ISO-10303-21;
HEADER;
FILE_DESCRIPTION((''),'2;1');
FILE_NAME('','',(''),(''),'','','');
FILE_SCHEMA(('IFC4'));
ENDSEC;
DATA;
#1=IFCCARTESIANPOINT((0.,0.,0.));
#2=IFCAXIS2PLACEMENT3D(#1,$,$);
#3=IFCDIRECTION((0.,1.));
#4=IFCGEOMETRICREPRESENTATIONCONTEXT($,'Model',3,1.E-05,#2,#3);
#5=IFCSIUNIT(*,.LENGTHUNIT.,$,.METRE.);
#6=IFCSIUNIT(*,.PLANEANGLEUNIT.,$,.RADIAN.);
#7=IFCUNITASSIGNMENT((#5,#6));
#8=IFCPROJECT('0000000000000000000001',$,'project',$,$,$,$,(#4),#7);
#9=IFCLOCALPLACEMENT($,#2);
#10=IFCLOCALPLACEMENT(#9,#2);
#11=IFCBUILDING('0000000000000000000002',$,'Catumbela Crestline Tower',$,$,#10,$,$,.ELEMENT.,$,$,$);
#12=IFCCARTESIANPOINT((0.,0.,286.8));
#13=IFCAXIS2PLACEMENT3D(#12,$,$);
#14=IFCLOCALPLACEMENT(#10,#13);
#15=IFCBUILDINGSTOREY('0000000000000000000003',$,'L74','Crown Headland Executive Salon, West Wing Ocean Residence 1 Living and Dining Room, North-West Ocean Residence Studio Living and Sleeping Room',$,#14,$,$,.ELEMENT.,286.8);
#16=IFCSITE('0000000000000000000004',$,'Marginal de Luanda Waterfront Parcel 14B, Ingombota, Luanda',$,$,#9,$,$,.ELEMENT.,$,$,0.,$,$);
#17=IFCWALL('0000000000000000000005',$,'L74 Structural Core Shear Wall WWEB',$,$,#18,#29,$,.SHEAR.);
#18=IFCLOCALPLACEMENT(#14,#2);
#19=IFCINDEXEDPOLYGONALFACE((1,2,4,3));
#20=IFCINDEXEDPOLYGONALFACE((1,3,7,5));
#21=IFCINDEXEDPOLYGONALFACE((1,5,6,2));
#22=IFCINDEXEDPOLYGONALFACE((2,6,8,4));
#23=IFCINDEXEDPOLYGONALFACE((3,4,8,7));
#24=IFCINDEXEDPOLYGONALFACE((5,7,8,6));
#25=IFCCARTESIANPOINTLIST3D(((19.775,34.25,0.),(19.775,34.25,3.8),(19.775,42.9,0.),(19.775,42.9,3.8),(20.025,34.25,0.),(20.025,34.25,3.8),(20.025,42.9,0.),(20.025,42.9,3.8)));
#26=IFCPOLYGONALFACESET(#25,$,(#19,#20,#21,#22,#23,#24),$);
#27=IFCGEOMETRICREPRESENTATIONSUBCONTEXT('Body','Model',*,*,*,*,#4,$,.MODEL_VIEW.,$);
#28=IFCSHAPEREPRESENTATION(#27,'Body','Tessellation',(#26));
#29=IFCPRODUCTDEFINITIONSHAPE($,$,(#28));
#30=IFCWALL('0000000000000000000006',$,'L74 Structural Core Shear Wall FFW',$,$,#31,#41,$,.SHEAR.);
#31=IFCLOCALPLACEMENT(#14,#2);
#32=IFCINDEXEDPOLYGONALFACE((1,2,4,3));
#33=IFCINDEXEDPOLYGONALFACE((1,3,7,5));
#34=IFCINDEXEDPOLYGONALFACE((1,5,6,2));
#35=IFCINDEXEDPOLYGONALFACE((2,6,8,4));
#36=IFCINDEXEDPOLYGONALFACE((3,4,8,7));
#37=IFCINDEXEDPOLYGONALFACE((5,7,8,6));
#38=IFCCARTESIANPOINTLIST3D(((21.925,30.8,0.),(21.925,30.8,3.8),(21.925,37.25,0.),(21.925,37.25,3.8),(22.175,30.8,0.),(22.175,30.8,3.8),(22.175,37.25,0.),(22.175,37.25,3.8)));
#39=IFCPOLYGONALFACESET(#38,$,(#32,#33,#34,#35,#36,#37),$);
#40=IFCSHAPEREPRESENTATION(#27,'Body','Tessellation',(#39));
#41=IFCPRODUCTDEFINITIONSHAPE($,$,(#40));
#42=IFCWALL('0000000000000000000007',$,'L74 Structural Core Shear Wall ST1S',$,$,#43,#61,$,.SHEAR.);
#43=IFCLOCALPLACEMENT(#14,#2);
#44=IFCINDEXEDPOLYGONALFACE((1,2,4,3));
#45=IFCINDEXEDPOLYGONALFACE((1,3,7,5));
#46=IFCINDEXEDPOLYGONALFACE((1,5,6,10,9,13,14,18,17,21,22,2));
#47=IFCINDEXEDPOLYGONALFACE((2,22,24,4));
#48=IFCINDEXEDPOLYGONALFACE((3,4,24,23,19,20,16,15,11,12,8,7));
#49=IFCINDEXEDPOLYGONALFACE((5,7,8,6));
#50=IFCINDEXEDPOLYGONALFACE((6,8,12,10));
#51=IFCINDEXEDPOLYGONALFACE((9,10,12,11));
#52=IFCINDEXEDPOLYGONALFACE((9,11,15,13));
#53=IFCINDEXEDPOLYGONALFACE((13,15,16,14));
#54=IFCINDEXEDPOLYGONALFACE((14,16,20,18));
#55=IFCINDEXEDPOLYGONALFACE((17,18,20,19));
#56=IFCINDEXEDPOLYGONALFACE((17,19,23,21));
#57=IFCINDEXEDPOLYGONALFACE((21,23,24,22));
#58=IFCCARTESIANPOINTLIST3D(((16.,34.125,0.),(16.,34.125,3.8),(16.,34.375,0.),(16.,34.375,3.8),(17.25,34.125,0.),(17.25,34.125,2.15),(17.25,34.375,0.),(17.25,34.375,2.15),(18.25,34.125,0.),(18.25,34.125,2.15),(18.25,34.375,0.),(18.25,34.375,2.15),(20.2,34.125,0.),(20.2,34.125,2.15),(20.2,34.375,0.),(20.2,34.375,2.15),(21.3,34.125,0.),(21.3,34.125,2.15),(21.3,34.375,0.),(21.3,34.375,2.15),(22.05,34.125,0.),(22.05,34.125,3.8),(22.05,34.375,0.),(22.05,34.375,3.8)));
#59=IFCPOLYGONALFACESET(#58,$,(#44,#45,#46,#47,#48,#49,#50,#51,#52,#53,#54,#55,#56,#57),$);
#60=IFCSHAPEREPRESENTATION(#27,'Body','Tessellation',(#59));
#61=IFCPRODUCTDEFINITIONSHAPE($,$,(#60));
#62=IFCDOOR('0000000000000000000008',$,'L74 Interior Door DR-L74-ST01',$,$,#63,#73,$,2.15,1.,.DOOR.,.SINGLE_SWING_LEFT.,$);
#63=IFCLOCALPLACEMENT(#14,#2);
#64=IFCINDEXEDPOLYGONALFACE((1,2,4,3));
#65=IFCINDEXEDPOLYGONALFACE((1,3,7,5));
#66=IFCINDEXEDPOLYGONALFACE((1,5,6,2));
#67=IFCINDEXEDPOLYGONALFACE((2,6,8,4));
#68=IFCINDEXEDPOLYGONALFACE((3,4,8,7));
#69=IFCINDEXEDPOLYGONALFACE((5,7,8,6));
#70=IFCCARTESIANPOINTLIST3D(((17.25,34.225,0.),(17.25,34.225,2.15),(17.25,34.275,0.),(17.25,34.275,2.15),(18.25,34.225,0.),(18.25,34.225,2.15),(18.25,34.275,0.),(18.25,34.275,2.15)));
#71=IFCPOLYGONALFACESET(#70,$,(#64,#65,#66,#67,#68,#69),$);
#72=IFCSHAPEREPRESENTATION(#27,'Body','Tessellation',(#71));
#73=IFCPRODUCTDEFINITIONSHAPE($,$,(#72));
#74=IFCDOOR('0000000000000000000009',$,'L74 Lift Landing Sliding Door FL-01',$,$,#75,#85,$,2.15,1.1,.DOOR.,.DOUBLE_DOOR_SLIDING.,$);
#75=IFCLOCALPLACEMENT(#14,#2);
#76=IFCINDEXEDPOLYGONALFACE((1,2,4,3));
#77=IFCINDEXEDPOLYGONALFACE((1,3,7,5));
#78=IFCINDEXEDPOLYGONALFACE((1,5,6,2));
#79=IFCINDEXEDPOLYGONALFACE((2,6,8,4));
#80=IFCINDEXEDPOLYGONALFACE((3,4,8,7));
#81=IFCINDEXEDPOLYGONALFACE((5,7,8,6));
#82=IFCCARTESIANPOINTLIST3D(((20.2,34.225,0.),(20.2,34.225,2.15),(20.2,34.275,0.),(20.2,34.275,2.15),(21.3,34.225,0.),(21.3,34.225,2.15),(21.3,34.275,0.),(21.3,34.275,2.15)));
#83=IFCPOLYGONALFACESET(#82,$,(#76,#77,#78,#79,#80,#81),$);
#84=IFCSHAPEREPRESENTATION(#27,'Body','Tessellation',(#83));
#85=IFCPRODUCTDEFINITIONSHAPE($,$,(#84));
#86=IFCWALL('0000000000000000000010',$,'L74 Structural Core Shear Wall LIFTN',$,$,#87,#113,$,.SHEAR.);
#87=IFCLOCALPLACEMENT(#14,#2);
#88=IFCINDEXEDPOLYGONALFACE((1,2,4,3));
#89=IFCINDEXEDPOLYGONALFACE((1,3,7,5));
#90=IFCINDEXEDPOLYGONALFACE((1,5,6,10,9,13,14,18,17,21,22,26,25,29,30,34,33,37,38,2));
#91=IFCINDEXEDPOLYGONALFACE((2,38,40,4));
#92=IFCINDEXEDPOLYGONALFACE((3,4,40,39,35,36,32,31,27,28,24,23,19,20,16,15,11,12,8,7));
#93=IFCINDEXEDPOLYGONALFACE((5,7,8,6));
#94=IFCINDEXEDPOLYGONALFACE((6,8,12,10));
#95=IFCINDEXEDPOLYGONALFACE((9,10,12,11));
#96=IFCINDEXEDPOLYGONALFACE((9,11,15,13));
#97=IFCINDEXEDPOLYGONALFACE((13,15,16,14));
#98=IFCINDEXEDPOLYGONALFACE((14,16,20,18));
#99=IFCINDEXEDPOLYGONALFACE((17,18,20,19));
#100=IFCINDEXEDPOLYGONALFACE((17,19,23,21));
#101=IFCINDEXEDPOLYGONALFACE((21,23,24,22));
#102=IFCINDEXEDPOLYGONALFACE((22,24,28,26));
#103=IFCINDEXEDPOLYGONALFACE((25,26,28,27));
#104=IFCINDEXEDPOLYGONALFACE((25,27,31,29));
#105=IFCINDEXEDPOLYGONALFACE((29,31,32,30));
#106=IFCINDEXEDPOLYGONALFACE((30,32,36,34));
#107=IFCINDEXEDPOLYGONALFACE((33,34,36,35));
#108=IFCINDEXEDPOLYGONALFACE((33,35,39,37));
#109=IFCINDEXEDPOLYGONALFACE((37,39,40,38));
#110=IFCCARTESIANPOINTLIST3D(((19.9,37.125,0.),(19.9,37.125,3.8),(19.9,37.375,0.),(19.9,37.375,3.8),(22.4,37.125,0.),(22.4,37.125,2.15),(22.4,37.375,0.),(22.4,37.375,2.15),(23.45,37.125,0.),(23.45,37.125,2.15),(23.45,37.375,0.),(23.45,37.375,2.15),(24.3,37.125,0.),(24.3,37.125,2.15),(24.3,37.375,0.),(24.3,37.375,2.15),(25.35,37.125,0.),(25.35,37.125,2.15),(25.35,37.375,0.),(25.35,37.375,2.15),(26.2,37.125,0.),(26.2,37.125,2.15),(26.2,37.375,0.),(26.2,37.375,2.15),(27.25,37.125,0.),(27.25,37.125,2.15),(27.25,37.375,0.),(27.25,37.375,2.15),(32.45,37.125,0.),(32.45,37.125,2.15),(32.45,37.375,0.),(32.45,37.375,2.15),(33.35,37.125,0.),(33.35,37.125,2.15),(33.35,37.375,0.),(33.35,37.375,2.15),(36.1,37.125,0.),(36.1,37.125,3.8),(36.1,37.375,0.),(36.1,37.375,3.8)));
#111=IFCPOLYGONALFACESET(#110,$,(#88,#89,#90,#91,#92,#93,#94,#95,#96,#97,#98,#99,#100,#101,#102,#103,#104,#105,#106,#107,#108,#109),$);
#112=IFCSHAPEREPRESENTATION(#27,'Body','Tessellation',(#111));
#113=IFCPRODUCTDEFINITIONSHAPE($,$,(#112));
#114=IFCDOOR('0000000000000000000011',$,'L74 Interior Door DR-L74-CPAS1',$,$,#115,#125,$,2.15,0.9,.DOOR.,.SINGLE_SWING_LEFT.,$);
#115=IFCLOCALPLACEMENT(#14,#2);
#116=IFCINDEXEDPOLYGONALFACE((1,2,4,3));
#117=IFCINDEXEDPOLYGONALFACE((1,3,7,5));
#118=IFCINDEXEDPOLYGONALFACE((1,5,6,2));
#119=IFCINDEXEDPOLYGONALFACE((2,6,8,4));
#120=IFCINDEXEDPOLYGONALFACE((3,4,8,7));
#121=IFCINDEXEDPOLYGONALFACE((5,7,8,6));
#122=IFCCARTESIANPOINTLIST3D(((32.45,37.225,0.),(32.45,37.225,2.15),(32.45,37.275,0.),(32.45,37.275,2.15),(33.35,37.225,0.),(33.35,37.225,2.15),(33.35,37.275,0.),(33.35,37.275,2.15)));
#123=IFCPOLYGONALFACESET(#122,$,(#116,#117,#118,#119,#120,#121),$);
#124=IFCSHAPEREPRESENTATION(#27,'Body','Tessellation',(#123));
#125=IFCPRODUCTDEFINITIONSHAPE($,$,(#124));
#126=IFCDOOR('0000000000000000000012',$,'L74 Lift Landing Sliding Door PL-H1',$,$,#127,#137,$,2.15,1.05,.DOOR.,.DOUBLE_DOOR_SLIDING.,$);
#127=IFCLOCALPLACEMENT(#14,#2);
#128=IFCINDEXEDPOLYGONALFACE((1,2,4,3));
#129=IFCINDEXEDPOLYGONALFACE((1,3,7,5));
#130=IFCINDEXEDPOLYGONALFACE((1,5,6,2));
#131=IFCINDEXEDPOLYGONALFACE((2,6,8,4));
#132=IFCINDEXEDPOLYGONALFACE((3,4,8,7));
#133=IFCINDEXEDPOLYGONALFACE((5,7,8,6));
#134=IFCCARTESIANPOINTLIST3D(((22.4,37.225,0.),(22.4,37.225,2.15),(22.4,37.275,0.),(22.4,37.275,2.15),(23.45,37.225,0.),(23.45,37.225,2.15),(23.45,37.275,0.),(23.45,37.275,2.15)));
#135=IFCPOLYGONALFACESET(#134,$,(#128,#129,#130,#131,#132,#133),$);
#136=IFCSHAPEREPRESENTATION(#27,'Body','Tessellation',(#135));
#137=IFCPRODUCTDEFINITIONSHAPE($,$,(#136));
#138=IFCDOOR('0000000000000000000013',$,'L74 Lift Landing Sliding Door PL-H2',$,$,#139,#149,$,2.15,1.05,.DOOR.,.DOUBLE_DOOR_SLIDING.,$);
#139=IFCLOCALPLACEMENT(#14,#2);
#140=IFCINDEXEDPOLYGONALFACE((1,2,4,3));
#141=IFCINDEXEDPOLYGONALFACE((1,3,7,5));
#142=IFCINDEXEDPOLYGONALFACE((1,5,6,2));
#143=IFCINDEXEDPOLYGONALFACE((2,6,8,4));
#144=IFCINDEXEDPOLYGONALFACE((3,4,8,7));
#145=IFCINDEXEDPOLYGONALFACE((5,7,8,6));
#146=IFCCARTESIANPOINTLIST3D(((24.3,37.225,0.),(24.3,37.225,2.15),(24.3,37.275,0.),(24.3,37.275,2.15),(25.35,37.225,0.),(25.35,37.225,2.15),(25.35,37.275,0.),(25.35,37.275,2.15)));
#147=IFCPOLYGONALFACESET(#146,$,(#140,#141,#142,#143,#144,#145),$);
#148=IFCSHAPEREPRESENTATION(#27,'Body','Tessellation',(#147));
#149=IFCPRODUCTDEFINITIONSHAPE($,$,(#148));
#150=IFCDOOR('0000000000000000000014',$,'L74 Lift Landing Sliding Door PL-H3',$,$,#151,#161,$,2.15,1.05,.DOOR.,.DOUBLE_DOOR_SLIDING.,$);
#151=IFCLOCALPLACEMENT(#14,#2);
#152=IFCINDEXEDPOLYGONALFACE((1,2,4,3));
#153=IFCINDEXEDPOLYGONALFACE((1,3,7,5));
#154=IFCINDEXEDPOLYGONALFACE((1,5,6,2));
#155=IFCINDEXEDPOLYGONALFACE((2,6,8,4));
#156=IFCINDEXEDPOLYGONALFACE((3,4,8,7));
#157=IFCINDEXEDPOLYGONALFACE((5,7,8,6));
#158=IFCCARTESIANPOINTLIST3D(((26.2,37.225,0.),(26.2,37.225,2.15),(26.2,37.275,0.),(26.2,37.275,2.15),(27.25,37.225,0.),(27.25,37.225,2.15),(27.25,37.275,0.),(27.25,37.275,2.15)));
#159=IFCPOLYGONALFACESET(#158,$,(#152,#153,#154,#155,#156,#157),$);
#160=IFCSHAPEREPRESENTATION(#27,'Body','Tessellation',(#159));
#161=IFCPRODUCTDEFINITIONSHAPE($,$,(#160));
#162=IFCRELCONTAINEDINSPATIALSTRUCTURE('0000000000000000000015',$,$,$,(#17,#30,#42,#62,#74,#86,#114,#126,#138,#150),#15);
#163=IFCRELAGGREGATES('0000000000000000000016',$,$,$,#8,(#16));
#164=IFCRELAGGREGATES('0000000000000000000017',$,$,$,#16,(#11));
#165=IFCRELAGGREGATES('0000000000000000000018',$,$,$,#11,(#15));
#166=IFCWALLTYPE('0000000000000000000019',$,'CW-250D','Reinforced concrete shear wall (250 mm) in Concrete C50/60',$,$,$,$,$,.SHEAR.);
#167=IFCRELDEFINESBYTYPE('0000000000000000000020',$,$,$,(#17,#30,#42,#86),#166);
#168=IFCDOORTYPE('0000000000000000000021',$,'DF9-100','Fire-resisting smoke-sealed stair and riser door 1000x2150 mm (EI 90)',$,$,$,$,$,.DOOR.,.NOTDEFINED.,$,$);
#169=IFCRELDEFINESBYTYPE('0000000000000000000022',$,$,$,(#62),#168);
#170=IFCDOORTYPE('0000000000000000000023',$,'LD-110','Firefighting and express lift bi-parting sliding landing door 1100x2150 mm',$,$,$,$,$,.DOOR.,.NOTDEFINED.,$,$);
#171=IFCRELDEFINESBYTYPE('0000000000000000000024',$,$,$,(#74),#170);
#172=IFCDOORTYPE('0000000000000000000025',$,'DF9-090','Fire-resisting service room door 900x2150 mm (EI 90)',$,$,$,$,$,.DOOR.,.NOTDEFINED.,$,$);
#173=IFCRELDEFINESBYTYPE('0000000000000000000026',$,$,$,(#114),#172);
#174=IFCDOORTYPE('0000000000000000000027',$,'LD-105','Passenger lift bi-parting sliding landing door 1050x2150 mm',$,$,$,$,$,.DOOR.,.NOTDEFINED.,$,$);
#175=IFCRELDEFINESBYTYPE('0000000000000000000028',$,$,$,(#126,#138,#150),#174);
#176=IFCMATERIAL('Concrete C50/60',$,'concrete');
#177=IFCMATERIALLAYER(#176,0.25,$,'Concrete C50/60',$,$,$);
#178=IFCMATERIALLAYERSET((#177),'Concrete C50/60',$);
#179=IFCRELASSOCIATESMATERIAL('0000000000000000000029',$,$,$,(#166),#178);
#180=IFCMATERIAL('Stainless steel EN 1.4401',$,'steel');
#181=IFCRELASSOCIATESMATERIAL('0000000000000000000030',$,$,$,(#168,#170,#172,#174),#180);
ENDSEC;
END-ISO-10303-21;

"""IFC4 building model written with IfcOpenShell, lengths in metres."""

from ifc_helpers import new_model, si_unit, direction, frame, frame_2d, origin, place, context, subcontext, project, spatial, rectangle, extrude, material, layer, layer_set, type_object, element, fill, save


model = new_model("IFC4")

# Units and contexts
model_context = context("Model", 3, precision=1e-05, world=origin(), true_north=direction((0.0, 1.0)))
body_context = subcontext(model_context, "Body", "Model", "MODEL_VIEW")
ifc_project = project(units=[si_unit("LENGTHUNIT", "METRE"), si_unit("PLANEANGLEUNIT", "RADIAN")], contexts=[model_context])

# Site, building, storey
site_placement = place(None, origin())
site = spatial("IfcSite", under=ifc_project, at=site_placement, Name="Marginal de Luanda Waterfront Parcel 14B, Ingombota, Luanda", CompositionType="ELEMENT", RefElevation=0.0)
building_placement = place(site_placement, origin())
building = spatial("IfcBuilding", under=site, at=building_placement, Name="Catumbela Crestline Tower", CompositionType="ELEMENT")
storey_placement = place(building_placement, frame((0.0, 0.0, 286.8)))
storey = spatial("IfcBuildingStorey", under=building, at=storey_placement, Name="L74", Description="Crown Headland Executive Salon, West Wing Ocean Residence 1 Living and Dining Room, North-West Ocean Residence Studio Living and Sleeping Room", CompositionType="ELEMENT", Elevation=286.8)

# Walls
ifc_material_1 = material(Name="Concrete C50/60", Category="concrete")
ifc_layer_1 = layer(ifc_material_1, 0.25, Name="Concrete C50/60")
ifc_layer_set_1 = layer_set([ifc_layer_1], Name="Concrete C50/60")
wall_type_1 = type_object("IfcWallType", Name="CW-250D", Description="Reinforced concrete shear wall (250 mm) in Concrete C50/60", PredefinedType="SHEAR", material=ifc_layer_set_1)
wall_1_placement = place(storey_placement, frame((19.9, 34.25, 0.0), z_axis=(0.0, 0.0, 1.0), x_axis=(0.0, 1.0, 0.0)))
element("IfcWall", 1, at=wall_1_placement, inside=storey, type_object=wall_type_1, Name="L74 Structural Core Shear Wall WWEB", PredefinedType="SHEAR", context=body_context, shape_type="SweptSolid", body=[
    extrude(rectangle(XDim=8.65, YDim=0.25, at=frame_2d((4.325, 0.0))), origin(), (0.0, 0.0, 1.0), 3.8),
])
wall_2_placement = place(storey_placement, frame((22.05, 30.8, 0.0), z_axis=(0.0, 0.0, 1.0), x_axis=(0.0, 1.0, 0.0)))
element("IfcWall", 2, at=wall_2_placement, inside=storey, type_object=wall_type_1, Name="L74 Structural Core Shear Wall FFW", PredefinedType="SHEAR", context=body_context, shape_type="SweptSolid", body=[
    extrude(rectangle(XDim=6.45, YDim=0.25, at=frame_2d((3.225, 0.0))), origin(), (0.0, 0.0, 1.0), 3.8),
])

# Walls, openings, doors
wall_3_placement = place(storey_placement, frame((16.0, 34.25, 0.0), z_axis=(0.0, 0.0, 1.0), x_axis=(1.0, 0.0, 0.0)))
wall_3 = element("IfcWall", 3, at=wall_3_placement, inside=storey, type_object=wall_type_1, Name="L74 Structural Core Shear Wall ST1S", PredefinedType="SHEAR", context=body_context, shape_type="SweptSolid", body=[
    extrude(rectangle(XDim=6.05, YDim=0.25, at=frame_2d((3.025, 0.0))), origin(), (0.0, 0.0, 1.0), 3.8),
])
opening_1_placement = place(wall_3_placement, frame((1.25, 0.0, 0.0)))
opening_1 = element("IfcOpeningElement", 4, at=opening_1_placement, cuts=wall_3, PredefinedType="OPENING", context=body_context, shape_type="SweptSolid", body=[
    extrude(rectangle(XDim=1.0, YDim=2.15, at=frame_2d((0.5, 1.075))), frame((0.0, 0.135, 0.0), z_axis=(0.0, -1.0, 0.0), x_axis=(1.0, 0.0, 0.0)), (0.0, 0.0, 1.0), 0.27),
])
opening_2_placement = place(wall_3_placement, frame((4.2, 0.0, 0.0)))
opening_2 = element("IfcOpeningElement", 5, at=opening_2_placement, cuts=wall_3, PredefinedType="OPENING", context=body_context, shape_type="SweptSolid", body=[
    extrude(rectangle(XDim=1.1, YDim=2.15, at=frame_2d((0.55, 1.075))), frame((0.0, 0.135, 0.0), z_axis=(0.0, -1.0, 0.0), x_axis=(1.0, 0.0, 0.0)), (0.0, 0.0, 1.0), 0.27),
])
ifc_material_2 = material(Name="Stainless steel EN 1.4401", Category="steel")
door_type_1 = type_object("IfcDoorType", Name="DF9-100", Description="Fire-resisting smoke-sealed stair and riser door 1000x2150 mm (EI 90)", OperationType="NOTDEFINED", PredefinedType="DOOR", material=ifc_material_2)
door_1_placement = place(opening_1_placement, origin())
door_1 = element("IfcDoor", 6, at=door_1_placement, inside=storey, type_object=door_type_1, Name="L74 Interior Door DR-L74-ST01", OperationType="SINGLE_SWING_LEFT", OverallHeight=2.15, OverallWidth=1.0, PredefinedType="DOOR", context=body_context, shape_type="SweptSolid", body=[
    extrude(rectangle(XDim=1.0, YDim=2.15, at=frame_2d((0.5, 1.075))), frame((0.0, 0.025, 0.0), z_axis=(0.0, -1.0, 0.0), x_axis=(1.0, 0.0, 0.0)), (0.0, 0.0, 1.0), 0.05),
])
fill(opening_1, door_1)
door_type_2 = type_object("IfcDoorType", Name="LD-110", Description="Firefighting and express lift bi-parting sliding landing door 1100x2150 mm", OperationType="NOTDEFINED", PredefinedType="DOOR", material=ifc_material_2)
door_2_placement = place(opening_2_placement, origin())
door_2 = element("IfcDoor", 7, at=door_2_placement, inside=storey, type_object=door_type_2, Name="L74 Lift Landing Sliding Door FL-01", OperationType="DOUBLE_DOOR_SLIDING", OverallHeight=2.15, OverallWidth=1.1, PredefinedType="DOOR", context=body_context, shape_type="SweptSolid", body=[
    extrude(rectangle(XDim=1.1, YDim=2.15, at=frame_2d((0.55, 1.075))), frame((0.0, 0.025, 0.0), z_axis=(0.0, -1.0, 0.0), x_axis=(1.0, 0.0, 0.0)), (0.0, 0.0, 1.0), 0.05),
])
fill(opening_2, door_2)
wall_4_placement = place(storey_placement, frame((19.9, 37.25, 0.0), z_axis=(0.0, 0.0, 1.0), x_axis=(1.0, 0.0, 0.0)))
wall_4 = element("IfcWall", 8, at=wall_4_placement, inside=storey, type_object=wall_type_1, Name="L74 Structural Core Shear Wall LIFTN", PredefinedType="SHEAR", context=body_context, shape_type="SweptSolid", body=[
    extrude(rectangle(XDim=16.2, YDim=0.25, at=frame_2d((8.1, 0.0))), origin(), (0.0, 0.0, 1.0), 3.8),
])
opening_3_placement = place(wall_4_placement, frame((12.55, 0.0, 0.0)))
opening_3 = element("IfcOpeningElement", 9, at=opening_3_placement, cuts=wall_4, PredefinedType="OPENING", context=body_context, shape_type="SweptSolid", body=[
    extrude(rectangle(XDim=0.9, YDim=2.15, at=frame_2d((0.45, 1.075))), frame((0.0, 0.135, 0.0), z_axis=(0.0, -1.0, 0.0), x_axis=(1.0, 0.0, 0.0)), (0.0, 0.0, 1.0), 0.27),
])
opening_4_placement = place(wall_4_placement, frame((2.5, 0.0, 0.0)))
opening_4 = element("IfcOpeningElement", 10, at=opening_4_placement, cuts=wall_4, PredefinedType="OPENING", context=body_context, shape_type="SweptSolid", body=[
    extrude(rectangle(XDim=1.05, YDim=2.15, at=frame_2d((0.525, 1.075))), frame((0.0, 0.135, 0.0), z_axis=(0.0, -1.0, 0.0), x_axis=(1.0, 0.0, 0.0)), (0.0, 0.0, 1.0), 0.27),
])
opening_5_placement = place(wall_4_placement, frame((4.4, 0.0, 0.0)))
opening_5 = element("IfcOpeningElement", 11, at=opening_5_placement, cuts=wall_4, PredefinedType="OPENING", context=body_context, shape_type="SweptSolid", body=[
    extrude(rectangle(XDim=1.05, YDim=2.15, at=frame_2d((0.525, 1.075))), frame((0.0, 0.135, 0.0), z_axis=(0.0, -1.0, 0.0), x_axis=(1.0, 0.0, 0.0)), (0.0, 0.0, 1.0), 0.27),
])
opening_6_placement = place(wall_4_placement, frame((6.3, 0.0, 0.0)))
opening_6 = element("IfcOpeningElement", 12, at=opening_6_placement, cuts=wall_4, PredefinedType="OPENING", context=body_context, shape_type="SweptSolid", body=[
    extrude(rectangle(XDim=1.05, YDim=2.15, at=frame_2d((0.525, 1.075))), frame((0.0, 0.135, 0.0), z_axis=(0.0, -1.0, 0.0), x_axis=(1.0, 0.0, 0.0)), (0.0, 0.0, 1.0), 0.27),
])
door_type_3 = type_object("IfcDoorType", Name="DF9-090", Description="Fire-resisting service room door 900x2150 mm (EI 90)", OperationType="NOTDEFINED", PredefinedType="DOOR", material=ifc_material_2)
door_3_placement = place(opening_3_placement, origin())
door_3 = element("IfcDoor", 13, at=door_3_placement, inside=storey, type_object=door_type_3, Name="L74 Interior Door DR-L74-CPAS1", OperationType="SINGLE_SWING_LEFT", OverallHeight=2.15, OverallWidth=0.9, PredefinedType="DOOR", context=body_context, shape_type="SweptSolid", body=[
    extrude(rectangle(XDim=0.9, YDim=2.15, at=frame_2d((0.45, 1.075))), frame((0.0, 0.025, 0.0), z_axis=(0.0, -1.0, 0.0), x_axis=(1.0, 0.0, 0.0)), (0.0, 0.0, 1.0), 0.05),
])
fill(opening_3, door_3)
door_type_4 = type_object("IfcDoorType", Name="LD-105", Description="Passenger lift bi-parting sliding landing door 1050x2150 mm", OperationType="NOTDEFINED", PredefinedType="DOOR", material=ifc_material_2)
door_4_placement = place(opening_4_placement, origin())
door_4 = element("IfcDoor", 14, at=door_4_placement, inside=storey, type_object=door_type_4, Name="L74 Lift Landing Sliding Door PL-H1", OperationType="DOUBLE_DOOR_SLIDING", OverallHeight=2.15, OverallWidth=1.05, PredefinedType="DOOR", context=body_context, shape_type="SweptSolid", body=[
    extrude(rectangle(XDim=1.05, YDim=2.15, at=frame_2d((0.525, 1.075))), frame((0.0, 0.025, 0.0), z_axis=(0.0, -1.0, 0.0), x_axis=(1.0, 0.0, 0.0)), (0.0, 0.0, 1.0), 0.05),
])
fill(opening_4, door_4)
door_5_placement = place(opening_5_placement, origin())
door_5 = element("IfcDoor", 15, at=door_5_placement, inside=storey, type_object=door_type_4, Name="L74 Lift Landing Sliding Door PL-H2", OperationType="DOUBLE_DOOR_SLIDING", OverallHeight=2.15, OverallWidth=1.05, PredefinedType="DOOR", context=body_context, shape_type="SweptSolid", body=[
    extrude(rectangle(XDim=1.05, YDim=2.15, at=frame_2d((0.525, 1.075))), frame((0.0, 0.025, 0.0), z_axis=(0.0, -1.0, 0.0), x_axis=(1.0, 0.0, 0.0)), (0.0, 0.0, 1.0), 0.05),
])
fill(opening_5, door_5)
door_6_placement = place(opening_6_placement, origin())
door_6 = element("IfcDoor", 16, at=door_6_placement, inside=storey, type_object=door_type_4, Name="L74 Lift Landing Sliding Door PL-H3", OperationType="DOUBLE_DOOR_SLIDING", OverallHeight=2.15, OverallWidth=1.05, PredefinedType="DOOR", context=body_context, shape_type="SweptSolid", body=[
    extrude(rectangle(XDim=1.05, YDim=2.15, at=frame_2d((0.525, 1.075))), frame((0.0, 0.025, 0.0), z_axis=(0.0, -1.0, 0.0), x_axis=(1.0, 0.0, 0.0)), (0.0, 0.0, 1.0), 0.05),
])
fill(opening_6, door_6)

save(model, "model.ifc")
